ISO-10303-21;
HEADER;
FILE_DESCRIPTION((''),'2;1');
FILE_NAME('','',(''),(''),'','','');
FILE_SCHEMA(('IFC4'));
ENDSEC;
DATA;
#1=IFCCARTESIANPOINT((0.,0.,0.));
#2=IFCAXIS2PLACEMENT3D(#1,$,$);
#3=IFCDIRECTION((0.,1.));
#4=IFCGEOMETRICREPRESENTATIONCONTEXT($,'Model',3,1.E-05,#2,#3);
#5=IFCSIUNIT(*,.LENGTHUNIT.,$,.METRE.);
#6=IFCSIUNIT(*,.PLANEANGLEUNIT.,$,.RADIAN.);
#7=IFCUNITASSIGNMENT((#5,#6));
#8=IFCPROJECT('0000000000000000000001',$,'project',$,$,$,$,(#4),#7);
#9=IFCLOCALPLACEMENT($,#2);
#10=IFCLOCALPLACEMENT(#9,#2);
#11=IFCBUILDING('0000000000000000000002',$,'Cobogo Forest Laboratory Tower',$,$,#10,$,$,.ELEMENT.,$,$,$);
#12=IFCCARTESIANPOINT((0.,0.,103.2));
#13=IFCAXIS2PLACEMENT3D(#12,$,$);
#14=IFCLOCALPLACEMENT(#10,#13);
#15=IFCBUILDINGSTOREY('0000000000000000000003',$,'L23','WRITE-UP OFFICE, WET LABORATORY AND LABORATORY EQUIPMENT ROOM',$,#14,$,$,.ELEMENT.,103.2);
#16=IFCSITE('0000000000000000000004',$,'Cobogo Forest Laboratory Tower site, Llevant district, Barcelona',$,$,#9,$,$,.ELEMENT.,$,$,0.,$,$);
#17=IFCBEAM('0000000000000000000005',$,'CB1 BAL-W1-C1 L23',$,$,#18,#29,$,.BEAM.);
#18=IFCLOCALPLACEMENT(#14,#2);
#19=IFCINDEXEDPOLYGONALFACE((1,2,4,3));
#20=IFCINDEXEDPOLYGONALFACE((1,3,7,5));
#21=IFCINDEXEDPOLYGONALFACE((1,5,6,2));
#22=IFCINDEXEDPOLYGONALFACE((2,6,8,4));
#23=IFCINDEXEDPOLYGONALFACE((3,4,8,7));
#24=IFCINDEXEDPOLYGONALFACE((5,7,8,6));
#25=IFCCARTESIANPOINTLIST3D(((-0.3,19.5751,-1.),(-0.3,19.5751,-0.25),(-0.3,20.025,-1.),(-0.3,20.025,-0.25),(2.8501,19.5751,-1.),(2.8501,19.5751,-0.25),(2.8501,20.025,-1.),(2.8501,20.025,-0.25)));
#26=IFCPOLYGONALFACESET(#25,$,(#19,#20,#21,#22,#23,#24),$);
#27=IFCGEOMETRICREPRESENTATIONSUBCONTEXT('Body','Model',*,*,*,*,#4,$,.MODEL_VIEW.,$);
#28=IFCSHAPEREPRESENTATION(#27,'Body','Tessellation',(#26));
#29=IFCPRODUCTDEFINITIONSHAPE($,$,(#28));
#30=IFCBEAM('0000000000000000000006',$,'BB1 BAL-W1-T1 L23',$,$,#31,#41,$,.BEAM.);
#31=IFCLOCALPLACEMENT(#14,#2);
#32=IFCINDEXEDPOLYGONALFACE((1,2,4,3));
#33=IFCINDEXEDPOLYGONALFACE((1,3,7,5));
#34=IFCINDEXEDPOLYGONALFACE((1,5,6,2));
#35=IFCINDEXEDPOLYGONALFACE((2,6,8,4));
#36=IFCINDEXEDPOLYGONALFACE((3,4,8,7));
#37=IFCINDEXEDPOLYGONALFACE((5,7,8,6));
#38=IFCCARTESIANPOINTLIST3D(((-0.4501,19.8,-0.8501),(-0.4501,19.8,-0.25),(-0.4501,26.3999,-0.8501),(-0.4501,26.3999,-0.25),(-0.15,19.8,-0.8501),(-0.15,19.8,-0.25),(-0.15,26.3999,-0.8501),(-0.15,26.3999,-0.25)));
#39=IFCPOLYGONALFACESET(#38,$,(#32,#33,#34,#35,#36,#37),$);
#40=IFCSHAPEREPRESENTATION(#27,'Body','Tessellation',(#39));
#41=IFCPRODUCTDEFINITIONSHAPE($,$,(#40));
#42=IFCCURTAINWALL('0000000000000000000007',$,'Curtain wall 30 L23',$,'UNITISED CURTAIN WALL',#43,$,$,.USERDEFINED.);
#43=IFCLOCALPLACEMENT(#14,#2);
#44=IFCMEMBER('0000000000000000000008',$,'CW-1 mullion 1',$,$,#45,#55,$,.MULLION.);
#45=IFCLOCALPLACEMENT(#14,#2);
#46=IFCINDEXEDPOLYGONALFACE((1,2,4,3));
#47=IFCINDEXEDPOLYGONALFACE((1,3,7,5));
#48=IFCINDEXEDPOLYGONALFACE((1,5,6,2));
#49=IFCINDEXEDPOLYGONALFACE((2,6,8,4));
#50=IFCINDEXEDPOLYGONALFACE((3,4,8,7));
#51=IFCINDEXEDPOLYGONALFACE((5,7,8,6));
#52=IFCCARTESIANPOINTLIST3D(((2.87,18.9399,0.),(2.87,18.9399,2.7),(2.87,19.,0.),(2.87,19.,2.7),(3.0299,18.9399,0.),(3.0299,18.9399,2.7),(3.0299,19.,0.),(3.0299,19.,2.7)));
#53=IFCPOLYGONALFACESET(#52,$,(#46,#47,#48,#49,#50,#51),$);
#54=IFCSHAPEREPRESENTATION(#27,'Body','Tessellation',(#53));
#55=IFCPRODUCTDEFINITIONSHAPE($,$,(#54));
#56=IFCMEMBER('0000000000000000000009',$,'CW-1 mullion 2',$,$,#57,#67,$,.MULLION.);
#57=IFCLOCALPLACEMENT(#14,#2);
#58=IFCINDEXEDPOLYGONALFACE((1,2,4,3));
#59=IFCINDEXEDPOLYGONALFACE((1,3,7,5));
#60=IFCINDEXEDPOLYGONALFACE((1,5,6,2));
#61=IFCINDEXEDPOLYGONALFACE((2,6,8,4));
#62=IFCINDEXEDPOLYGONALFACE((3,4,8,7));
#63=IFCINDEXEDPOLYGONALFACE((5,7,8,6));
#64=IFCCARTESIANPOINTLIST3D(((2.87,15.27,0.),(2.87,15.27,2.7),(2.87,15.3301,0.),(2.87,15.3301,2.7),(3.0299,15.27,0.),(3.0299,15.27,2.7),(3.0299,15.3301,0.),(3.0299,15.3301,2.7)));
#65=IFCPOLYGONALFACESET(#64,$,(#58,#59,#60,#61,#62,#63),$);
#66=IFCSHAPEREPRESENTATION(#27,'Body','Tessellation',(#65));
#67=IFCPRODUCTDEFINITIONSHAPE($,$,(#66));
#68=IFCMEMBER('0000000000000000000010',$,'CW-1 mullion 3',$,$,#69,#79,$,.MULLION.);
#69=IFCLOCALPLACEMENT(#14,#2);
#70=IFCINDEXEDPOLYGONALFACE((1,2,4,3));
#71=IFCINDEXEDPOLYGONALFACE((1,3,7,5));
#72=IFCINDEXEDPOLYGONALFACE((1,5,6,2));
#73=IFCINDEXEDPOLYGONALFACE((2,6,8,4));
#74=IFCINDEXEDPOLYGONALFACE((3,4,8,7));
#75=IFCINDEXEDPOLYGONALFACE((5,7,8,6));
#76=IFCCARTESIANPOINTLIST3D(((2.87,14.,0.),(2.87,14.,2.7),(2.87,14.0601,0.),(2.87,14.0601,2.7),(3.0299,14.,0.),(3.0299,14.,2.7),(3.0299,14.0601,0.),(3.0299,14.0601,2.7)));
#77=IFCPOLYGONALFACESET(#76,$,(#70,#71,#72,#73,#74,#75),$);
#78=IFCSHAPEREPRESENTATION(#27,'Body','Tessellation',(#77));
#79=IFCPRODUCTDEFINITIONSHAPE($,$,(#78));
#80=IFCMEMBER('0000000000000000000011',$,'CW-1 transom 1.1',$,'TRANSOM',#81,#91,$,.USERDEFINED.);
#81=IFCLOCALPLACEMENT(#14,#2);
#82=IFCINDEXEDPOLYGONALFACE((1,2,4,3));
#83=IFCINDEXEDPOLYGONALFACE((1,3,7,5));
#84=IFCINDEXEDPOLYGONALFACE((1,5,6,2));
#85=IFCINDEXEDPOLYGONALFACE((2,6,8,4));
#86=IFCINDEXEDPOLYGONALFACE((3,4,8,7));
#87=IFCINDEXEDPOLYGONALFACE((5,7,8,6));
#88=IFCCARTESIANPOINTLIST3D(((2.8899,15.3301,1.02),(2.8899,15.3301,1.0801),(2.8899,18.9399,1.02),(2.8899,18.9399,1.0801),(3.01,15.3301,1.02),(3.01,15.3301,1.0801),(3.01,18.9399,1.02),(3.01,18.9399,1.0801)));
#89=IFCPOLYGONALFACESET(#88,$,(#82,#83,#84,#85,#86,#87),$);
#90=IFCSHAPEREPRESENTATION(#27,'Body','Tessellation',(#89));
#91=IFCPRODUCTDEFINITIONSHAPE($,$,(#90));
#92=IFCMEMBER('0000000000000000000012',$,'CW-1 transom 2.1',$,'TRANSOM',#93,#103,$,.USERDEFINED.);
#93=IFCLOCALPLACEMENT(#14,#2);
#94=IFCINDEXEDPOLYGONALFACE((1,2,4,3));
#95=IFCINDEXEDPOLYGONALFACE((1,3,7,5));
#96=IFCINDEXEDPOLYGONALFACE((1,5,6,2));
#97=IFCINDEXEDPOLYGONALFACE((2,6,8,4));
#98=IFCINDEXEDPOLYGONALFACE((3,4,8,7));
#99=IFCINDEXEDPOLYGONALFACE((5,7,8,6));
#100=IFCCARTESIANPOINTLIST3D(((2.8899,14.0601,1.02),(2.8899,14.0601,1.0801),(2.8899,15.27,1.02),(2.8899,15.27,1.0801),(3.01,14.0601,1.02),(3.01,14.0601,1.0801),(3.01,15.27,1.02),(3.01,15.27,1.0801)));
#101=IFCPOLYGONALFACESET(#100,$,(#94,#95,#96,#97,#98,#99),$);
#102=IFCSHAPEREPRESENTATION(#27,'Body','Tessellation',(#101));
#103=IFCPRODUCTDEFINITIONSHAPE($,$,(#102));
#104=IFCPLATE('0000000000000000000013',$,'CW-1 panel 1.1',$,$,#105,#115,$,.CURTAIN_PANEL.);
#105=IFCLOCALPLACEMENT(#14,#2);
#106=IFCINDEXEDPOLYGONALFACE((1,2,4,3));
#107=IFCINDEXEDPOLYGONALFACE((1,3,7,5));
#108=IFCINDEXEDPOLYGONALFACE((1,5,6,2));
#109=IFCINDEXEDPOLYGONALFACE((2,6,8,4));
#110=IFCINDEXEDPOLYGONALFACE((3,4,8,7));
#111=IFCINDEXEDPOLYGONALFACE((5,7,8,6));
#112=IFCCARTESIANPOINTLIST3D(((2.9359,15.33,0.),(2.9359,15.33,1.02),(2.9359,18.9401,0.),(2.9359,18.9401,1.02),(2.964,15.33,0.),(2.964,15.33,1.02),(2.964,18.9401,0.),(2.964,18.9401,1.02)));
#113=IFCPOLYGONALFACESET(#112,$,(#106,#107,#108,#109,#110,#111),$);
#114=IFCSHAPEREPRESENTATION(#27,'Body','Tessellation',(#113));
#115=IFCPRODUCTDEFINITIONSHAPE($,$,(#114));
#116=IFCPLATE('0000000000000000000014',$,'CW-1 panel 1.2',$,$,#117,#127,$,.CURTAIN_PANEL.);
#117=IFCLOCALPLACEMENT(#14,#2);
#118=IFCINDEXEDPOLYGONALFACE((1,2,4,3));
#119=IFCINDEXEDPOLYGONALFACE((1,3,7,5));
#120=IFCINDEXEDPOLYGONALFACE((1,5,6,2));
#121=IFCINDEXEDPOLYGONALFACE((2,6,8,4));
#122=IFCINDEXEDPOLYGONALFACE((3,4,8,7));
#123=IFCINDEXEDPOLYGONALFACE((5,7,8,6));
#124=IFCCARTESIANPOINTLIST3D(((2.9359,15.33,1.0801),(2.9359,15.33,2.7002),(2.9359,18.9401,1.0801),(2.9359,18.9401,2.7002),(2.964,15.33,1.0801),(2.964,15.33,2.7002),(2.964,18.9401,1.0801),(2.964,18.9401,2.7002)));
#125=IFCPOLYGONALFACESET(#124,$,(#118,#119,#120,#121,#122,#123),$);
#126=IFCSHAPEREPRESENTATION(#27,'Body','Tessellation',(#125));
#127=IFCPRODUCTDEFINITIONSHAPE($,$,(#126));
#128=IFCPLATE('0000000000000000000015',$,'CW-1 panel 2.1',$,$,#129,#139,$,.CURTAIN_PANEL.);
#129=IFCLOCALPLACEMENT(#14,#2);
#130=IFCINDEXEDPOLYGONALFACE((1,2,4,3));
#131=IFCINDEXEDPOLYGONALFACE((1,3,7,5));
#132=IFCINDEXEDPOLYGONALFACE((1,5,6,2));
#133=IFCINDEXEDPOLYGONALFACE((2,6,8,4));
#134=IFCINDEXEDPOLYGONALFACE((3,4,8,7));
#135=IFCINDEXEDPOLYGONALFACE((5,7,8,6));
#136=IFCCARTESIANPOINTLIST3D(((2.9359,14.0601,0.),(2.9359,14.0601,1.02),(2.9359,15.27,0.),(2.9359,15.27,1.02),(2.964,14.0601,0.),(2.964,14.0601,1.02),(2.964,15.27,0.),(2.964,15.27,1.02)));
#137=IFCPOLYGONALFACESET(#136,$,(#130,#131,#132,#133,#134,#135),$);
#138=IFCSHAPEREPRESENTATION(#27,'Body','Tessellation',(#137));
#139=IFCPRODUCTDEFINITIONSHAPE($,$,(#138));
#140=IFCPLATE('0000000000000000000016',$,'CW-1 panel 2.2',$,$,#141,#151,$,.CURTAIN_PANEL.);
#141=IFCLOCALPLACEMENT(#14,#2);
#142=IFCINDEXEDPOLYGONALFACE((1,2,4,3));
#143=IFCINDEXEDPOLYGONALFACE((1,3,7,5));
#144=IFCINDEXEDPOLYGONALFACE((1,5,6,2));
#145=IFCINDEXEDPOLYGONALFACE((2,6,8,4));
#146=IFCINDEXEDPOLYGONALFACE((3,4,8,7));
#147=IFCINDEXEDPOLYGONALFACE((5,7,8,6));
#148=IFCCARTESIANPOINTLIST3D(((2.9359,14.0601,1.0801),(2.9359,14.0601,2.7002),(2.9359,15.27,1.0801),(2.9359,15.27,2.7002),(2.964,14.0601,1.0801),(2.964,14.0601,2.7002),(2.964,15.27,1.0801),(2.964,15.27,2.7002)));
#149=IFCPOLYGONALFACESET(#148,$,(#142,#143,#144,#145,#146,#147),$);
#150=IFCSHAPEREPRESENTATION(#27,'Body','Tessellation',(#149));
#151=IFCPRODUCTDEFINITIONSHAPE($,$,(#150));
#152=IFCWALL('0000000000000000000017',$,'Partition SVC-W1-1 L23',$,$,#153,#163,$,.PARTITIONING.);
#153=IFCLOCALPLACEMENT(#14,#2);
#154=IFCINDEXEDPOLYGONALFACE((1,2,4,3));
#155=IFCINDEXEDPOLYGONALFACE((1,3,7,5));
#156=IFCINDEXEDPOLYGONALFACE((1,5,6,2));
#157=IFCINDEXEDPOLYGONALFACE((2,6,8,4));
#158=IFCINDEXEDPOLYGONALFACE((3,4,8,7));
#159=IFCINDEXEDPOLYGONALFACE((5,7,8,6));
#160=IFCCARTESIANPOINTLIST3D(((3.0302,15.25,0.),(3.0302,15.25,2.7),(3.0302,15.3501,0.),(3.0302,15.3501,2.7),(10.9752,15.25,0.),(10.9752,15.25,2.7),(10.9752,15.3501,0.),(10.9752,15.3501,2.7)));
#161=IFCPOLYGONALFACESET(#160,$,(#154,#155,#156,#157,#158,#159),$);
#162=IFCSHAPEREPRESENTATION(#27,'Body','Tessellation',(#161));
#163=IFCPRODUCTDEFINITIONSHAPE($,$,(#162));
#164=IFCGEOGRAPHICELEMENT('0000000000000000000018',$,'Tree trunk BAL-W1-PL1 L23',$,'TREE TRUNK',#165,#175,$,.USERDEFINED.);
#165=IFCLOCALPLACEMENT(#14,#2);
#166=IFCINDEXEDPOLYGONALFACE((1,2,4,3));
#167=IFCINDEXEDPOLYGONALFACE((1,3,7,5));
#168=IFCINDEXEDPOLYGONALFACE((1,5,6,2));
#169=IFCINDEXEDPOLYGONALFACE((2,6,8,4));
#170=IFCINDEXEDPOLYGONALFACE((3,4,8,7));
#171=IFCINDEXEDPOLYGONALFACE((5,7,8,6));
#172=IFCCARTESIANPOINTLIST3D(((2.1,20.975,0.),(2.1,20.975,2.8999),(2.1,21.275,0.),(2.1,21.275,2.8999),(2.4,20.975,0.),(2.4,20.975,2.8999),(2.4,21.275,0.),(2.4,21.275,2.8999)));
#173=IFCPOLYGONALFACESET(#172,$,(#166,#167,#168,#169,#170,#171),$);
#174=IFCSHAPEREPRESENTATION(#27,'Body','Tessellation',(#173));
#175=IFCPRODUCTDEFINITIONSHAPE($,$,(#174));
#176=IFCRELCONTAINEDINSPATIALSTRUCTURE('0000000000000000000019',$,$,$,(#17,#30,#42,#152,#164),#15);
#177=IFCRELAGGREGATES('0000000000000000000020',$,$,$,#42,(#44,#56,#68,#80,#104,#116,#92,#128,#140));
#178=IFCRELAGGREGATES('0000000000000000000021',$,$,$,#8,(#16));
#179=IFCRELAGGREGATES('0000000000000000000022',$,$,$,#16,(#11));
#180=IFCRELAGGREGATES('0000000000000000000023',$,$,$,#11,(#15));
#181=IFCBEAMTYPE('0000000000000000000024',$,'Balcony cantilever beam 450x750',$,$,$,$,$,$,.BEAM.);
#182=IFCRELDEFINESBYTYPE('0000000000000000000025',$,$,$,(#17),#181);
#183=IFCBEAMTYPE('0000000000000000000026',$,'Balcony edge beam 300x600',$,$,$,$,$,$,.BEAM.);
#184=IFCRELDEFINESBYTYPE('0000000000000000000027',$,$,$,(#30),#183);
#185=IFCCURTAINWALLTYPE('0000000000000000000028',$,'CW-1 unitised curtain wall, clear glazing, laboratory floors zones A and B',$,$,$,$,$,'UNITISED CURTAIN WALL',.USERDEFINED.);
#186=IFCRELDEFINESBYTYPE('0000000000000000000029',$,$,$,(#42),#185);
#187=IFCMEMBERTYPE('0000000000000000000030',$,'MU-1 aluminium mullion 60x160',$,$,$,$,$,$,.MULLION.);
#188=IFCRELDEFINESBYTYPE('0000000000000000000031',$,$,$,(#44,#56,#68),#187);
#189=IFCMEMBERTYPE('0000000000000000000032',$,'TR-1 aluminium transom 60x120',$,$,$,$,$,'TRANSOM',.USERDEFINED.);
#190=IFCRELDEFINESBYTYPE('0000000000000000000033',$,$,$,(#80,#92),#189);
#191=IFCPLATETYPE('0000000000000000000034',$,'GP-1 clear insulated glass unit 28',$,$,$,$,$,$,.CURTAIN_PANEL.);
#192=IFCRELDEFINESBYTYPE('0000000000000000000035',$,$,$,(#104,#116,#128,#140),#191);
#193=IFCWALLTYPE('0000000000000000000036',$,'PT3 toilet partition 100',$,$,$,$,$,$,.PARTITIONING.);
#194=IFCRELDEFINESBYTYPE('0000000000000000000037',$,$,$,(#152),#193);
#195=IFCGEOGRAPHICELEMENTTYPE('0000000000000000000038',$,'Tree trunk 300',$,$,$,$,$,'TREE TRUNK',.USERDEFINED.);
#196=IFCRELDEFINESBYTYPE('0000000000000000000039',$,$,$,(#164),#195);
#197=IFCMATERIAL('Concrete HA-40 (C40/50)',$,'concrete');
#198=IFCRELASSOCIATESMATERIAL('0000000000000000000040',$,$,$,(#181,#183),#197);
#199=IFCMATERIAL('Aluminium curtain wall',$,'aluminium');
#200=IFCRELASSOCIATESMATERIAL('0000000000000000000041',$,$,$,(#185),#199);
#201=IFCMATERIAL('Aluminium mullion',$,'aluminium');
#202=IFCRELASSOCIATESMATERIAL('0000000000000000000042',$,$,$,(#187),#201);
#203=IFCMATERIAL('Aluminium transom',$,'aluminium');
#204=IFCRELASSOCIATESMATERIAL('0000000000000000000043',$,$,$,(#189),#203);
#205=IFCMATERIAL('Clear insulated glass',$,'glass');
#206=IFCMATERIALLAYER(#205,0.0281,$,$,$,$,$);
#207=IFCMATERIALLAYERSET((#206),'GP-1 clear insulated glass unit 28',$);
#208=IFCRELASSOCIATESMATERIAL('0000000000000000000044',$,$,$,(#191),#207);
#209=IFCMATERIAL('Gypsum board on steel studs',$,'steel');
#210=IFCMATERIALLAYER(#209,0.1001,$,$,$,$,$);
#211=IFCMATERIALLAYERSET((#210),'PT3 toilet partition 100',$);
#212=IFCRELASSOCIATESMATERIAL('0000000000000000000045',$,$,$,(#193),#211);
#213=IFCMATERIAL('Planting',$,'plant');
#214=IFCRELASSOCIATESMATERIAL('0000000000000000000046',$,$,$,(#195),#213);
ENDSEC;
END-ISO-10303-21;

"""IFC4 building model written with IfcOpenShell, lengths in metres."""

from ifc_helpers import new_model, si_unit, direction, frame, frame_2d, origin, origin_2d, place, context, subcontext, project, spatial, rectangle, extrude, material, layer, layer_set, material_profile, profile_set, type_object, element, aggregate, save


model = new_model("IFC4")

# Units and contexts
model_context = context("Model", 3, precision=1e-05, world=origin(), true_north=direction((0.0, 1.0)))
body_context = subcontext(model_context, "Body", "Model", "MODEL_VIEW")
ifc_project = project(units=[si_unit("LENGTHUNIT", "METRE"), si_unit("PLANEANGLEUNIT", "RADIAN")], contexts=[model_context])

# Site, building, storey
site_placement = place(None, origin())
site = spatial("IfcSite", under=ifc_project, at=site_placement, Name="Cobogo Forest Laboratory Tower site, Llevant district, Barcelona", CompositionType="ELEMENT", RefElevation=0.0)
building_placement = place(site_placement, origin())
building = spatial("IfcBuilding", under=site, at=building_placement, Name="Cobogo Forest Laboratory Tower", CompositionType="ELEMENT")
storey_placement = place(building_placement, frame((0.0, 0.0, 103.2)))
storey = spatial("IfcBuildingStorey", under=building, at=storey_placement, Name="L23", Description="WRITE-UP OFFICE, WET LABORATORY AND LABORATORY EQUIPMENT ROOM", CompositionType="ELEMENT", Elevation=103.2)

# Beams
ifc_material_1 = material(Name="Concrete HA-40 (C40/50)", Category="concrete")
ifc_material_profile_1 = material_profile(ifc_material_1, rectangle(XDim=0.45, YDim=0.75, at=origin_2d()), Name="RC 450x750")
ifc_profile_set_1 = profile_set([ifc_material_profile_1], Name="Concrete HA-40 (C40/50)")
beam_type_1 = type_object("IfcBeamType", Name="Balcony cantilever beam 450x750", PredefinedType="BEAM", material=ifc_profile_set_1)
beam_1_placement = place(storey_placement, frame((2.8501, 19.8, -0.625), z_axis=(-1.0, 0.0, 0.0), x_axis=(0.0, -1.0, 0.0)))
element("IfcBeam", 1, at=beam_1_placement, inside=storey, type_object=beam_type_1, Name="CB1 BAL-W1-C1 L23", PredefinedType="BEAM", context=body_context, shape_type="SweptSolid", body=[
    extrude(rectangle(XDim=0.45, YDim=0.75, at=origin_2d()), origin(), (0.0, 0.0, 1.0), 3.1501),
])
ifc_material_profile_2 = material_profile(ifc_material_1, rectangle(XDim=0.3, YDim=0.6001, at=origin_2d()), Name="RC 300x600")
ifc_profile_set_2 = profile_set([ifc_material_profile_2], Name="Concrete HA-40 (C40/50)")
beam_type_2 = type_object("IfcBeamType", Name="Balcony edge beam 300x600", PredefinedType="BEAM", material=ifc_profile_set_2)
beam_2_placement = place(storey_placement, frame((-0.3, 19.8, -0.55), z_axis=(0.0, 1.0, 0.0), x_axis=(-1.0, 0.0, 0.0)))
element("IfcBeam", 2, at=beam_2_placement, inside=storey, type_object=beam_type_2, Name="BB1 BAL-W1-T1 L23", PredefinedType="BEAM", context=body_context, shape_type="SweptSolid", body=[
    extrude(rectangle(XDim=0.3, YDim=0.6001, at=origin_2d()), origin(), (0.0, 0.0, 1.0), 6.5999),
])

# Curtain wall, members, plates
ifc_material_2 = material(Name="Aluminium curtain wall", Category="aluminium")
curtain_wall_type = type_object("IfcCurtainWallType", Name="CW-1 unitised curtain wall, clear glazing, laboratory floors zones A and B", ElementType="UNITISED CURTAIN WALL", PredefinedType="USERDEFINED", material=ifc_material_2)
curtain_wall_placement = place(storey_placement, origin())
curtain_wall = element("IfcCurtainWall", 3, at=curtain_wall_placement, inside=storey, type_object=curtain_wall_type, Name="Curtain wall 30 L23", ObjectType="UNITISED CURTAIN WALL", PredefinedType="USERDEFINED")
ifc_material_3 = material(Name="Aluminium mullion", Category="aluminium")
ifc_material_profile_3 = material_profile(ifc_material_3, rectangle(XDim=0.0601, YDim=0.1599, at=origin_2d()), Name="AL 60x160")
ifc_profile_set_3 = profile_set([ifc_material_profile_3], Name="Aluminium mullion")
member_type_1 = type_object("IfcMemberType", Name="MU-1 aluminium mullion 60x160", PredefinedType="MULLION", material=ifc_profile_set_3)
member_1_placement = place(storey_placement, frame((2.95, 18.97, 0.0), z_axis=(0.0, 0.0, 1.0), x_axis=(0.0, -1.0, 0.0)))
member_1 = element("IfcMember", 4, at=member_1_placement, type_object=member_type_1, Name="CW-1 mullion 1", PredefinedType="MULLION", context=body_context, shape_type="SweptSolid", body=[
    extrude(rectangle(XDim=0.0601, YDim=0.1599, at=origin_2d()), origin(), (0.0, 0.0, 1.0), 2.7),
])
member_2_placement = place(storey_placement, frame((2.95, 15.3, 0.0), z_axis=(0.0, 0.0, 1.0), x_axis=(0.0, -1.0, 0.0)))
member_2 = element("IfcMember", 5, at=member_2_placement, type_object=member_type_1, Name="CW-1 mullion 2", PredefinedType="MULLION", context=body_context, shape_type="SweptSolid", body=[
    extrude(rectangle(XDim=0.0601, YDim=0.1599, at=origin_2d()), origin(), (0.0, 0.0, 1.0), 2.7),
])
member_3_placement = place(storey_placement, frame((2.95, 14.03, 0.0), z_axis=(0.0, 0.0, 1.0), x_axis=(0.0, -1.0, 0.0)))
member_3 = element("IfcMember", 6, at=member_3_placement, type_object=member_type_1, Name="CW-1 mullion 3", PredefinedType="MULLION", context=body_context, shape_type="SweptSolid", body=[
    extrude(rectangle(XDim=0.0601, YDim=0.1599, at=origin_2d()), origin(), (0.0, 0.0, 1.0), 2.7),
])
ifc_material_4 = material(Name="Aluminium transom", Category="aluminium")
ifc_material_profile_4 = material_profile(ifc_material_4, rectangle(XDim=0.1201, YDim=0.0601, at=origin_2d()), Name="AL 60x120")
ifc_profile_set_4 = profile_set([ifc_material_profile_4], Name="Aluminium transom")
member_type_2 = type_object("IfcMemberType", Name="TR-1 aluminium transom 60x120", ElementType="TRANSOM", PredefinedType="USERDEFINED", material=ifc_profile_set_4)
member_4_placement = place(storey_placement, frame((2.95, 18.9399, 1.05), z_axis=(0.0, -1.0, 0.0), x_axis=(1.0, 0.0, 0.0)))
member_4 = element("IfcMember", 7, at=member_4_placement, type_object=member_type_2, Name="CW-1 transom 1.1", ObjectType="TRANSOM", PredefinedType="USERDEFINED", context=body_context, shape_type="SweptSolid", body=[
    extrude(rectangle(XDim=0.1201, YDim=0.0601, at=origin_2d()), origin(), (0.0, 0.0, 1.0), 3.6099),
])
member_5_placement = place(storey_placement, frame((2.95, 15.27, 1.05), z_axis=(0.0, -1.0, 0.0), x_axis=(1.0, 0.0, 0.0)))
member_5 = element("IfcMember", 8, at=member_5_placement, type_object=member_type_2, Name="CW-1 transom 2.1", ObjectType="TRANSOM", PredefinedType="USERDEFINED", context=body_context, shape_type="SweptSolid", body=[
    extrude(rectangle(XDim=0.1201, YDim=0.0601, at=origin_2d()), origin(), (0.0, 0.0, 1.0), 1.21),
])
ifc_material_5 = material(Name="Clear insulated glass", Category="glass")
ifc_layer_1 = layer(ifc_material_5, 0.0281)
ifc_layer_set_1 = layer_set([ifc_layer_1], Name="GP-1 clear insulated glass unit 28")
plate_type_1 = type_object("IfcPlateType", Name="GP-1 clear insulated glass unit 28", PredefinedType="CURTAIN_PANEL", material=ifc_layer_set_1)
plate_1_placement = place(storey_placement, frame((2.95, 17.135, 0.0), z_axis=(0.0, 0.0, 1.0), x_axis=(0.0, -1.0, 0.0)))
plate_1 = element("IfcPlate", 9, at=plate_1_placement, type_object=plate_type_1, Name="CW-1 panel 1.1", PredefinedType="CURTAIN_PANEL", context=body_context, shape_type="SweptSolid", body=[
    extrude(rectangle(XDim=3.6101, YDim=0.0281, at=origin_2d()), origin(), (0.0, 0.0, 1.0), 1.02),
])
plate_2_placement = place(storey_placement, frame((2.95, 17.135, 1.0801), z_axis=(0.0, 0.0, 1.0), x_axis=(0.0, -1.0, 0.0)))
plate_2 = element("IfcPlate", 10, at=plate_2_placement, type_object=plate_type_1, Name="CW-1 panel 1.2", PredefinedType="CURTAIN_PANEL", context=body_context, shape_type="SweptSolid", body=[
    extrude(rectangle(XDim=3.6101, YDim=0.0281, at=origin_2d()), origin(), (0.0, 0.0, 1.0), 1.6201),
])
plate_3_placement = place(storey_placement, frame((2.95, 14.665, 0.0), z_axis=(0.0, 0.0, 1.0), x_axis=(0.0, -1.0, 0.0)))
plate_3 = element("IfcPlate", 11, at=plate_3_placement, type_object=plate_type_1, Name="CW-1 panel 2.1", PredefinedType="CURTAIN_PANEL", context=body_context, shape_type="SweptSolid", body=[
    extrude(rectangle(XDim=1.21, YDim=0.0281, at=origin_2d()), origin(), (0.0, 0.0, 1.0), 1.02),
])
plate_4_placement = place(storey_placement, frame((2.95, 14.665, 1.0801), z_axis=(0.0, 0.0, 1.0), x_axis=(0.0, -1.0, 0.0)))
plate_4 = element("IfcPlate", 12, at=plate_4_placement, type_object=plate_type_1, Name="CW-1 panel 2.2", PredefinedType="CURTAIN_PANEL", context=body_context, shape_type="SweptSolid", body=[
    extrude(rectangle(XDim=1.21, YDim=0.0281, at=origin_2d()), origin(), (0.0, 0.0, 1.0), 1.6201),
])
aggregate(curtain_wall, [member_1, member_2, member_3, member_4, plate_1, plate_2, member_5, plate_3, plate_4])

# Wall
ifc_material_6 = material(Name="Gypsum board on steel studs", Category="steel")
ifc_layer_2 = layer(ifc_material_6, 0.1001)
ifc_layer_set_2 = layer_set([ifc_layer_2], Name="PT3 toilet partition 100")
wall_type_1 = type_object("IfcWallType", Name="PT3 toilet partition 100", PredefinedType="PARTITIONING", material=ifc_layer_set_2)
wall_1_placement = place(storey_placement, frame((3.03, 15.3, 0.0), z_axis=(0.0, 0.0, 1.0), x_axis=(1.0, 0.0, 0.0)))
element("IfcWall", 13, at=wall_1_placement, inside=storey, type_object=wall_type_1, Name="Partition SVC-W1-1 L23", PredefinedType="PARTITIONING", context=body_context, shape_type="SweptSolid", body=[
    extrude(rectangle(XDim=7.9451, YDim=0.1001, at=frame_2d((3.9727, 0.0))), origin(), (0.0, 0.0, 1.0), 2.7),
])

# Geographic element
ifc_material_7 = material(Name="Planting", Category="plant")
geographic_element_type = type_object("IfcGeographicElementType", Name="Tree trunk 300", ElementType="TREE TRUNK", PredefinedType="USERDEFINED", material=ifc_material_7)
geographic_element_placement = place(storey_placement, frame((2.25, 21.125, 0.0), z_axis=(0.0, 0.0, 1.0), x_axis=(1.0, 0.0, 0.0)))
element("IfcGeographicElement", 14, at=geographic_element_placement, inside=storey, type_object=geographic_element_type, Name="Tree trunk BAL-W1-PL1 L23", ObjectType="TREE TRUNK", PredefinedType="USERDEFINED", context=body_context, shape_type="SweptSolid", body=[
    extrude(rectangle(XDim=0.3, YDim=0.3, at=origin_2d()), origin(), (0.0, 0.0, 1.0), 2.8999),
])

save(model, "model.ifc")
